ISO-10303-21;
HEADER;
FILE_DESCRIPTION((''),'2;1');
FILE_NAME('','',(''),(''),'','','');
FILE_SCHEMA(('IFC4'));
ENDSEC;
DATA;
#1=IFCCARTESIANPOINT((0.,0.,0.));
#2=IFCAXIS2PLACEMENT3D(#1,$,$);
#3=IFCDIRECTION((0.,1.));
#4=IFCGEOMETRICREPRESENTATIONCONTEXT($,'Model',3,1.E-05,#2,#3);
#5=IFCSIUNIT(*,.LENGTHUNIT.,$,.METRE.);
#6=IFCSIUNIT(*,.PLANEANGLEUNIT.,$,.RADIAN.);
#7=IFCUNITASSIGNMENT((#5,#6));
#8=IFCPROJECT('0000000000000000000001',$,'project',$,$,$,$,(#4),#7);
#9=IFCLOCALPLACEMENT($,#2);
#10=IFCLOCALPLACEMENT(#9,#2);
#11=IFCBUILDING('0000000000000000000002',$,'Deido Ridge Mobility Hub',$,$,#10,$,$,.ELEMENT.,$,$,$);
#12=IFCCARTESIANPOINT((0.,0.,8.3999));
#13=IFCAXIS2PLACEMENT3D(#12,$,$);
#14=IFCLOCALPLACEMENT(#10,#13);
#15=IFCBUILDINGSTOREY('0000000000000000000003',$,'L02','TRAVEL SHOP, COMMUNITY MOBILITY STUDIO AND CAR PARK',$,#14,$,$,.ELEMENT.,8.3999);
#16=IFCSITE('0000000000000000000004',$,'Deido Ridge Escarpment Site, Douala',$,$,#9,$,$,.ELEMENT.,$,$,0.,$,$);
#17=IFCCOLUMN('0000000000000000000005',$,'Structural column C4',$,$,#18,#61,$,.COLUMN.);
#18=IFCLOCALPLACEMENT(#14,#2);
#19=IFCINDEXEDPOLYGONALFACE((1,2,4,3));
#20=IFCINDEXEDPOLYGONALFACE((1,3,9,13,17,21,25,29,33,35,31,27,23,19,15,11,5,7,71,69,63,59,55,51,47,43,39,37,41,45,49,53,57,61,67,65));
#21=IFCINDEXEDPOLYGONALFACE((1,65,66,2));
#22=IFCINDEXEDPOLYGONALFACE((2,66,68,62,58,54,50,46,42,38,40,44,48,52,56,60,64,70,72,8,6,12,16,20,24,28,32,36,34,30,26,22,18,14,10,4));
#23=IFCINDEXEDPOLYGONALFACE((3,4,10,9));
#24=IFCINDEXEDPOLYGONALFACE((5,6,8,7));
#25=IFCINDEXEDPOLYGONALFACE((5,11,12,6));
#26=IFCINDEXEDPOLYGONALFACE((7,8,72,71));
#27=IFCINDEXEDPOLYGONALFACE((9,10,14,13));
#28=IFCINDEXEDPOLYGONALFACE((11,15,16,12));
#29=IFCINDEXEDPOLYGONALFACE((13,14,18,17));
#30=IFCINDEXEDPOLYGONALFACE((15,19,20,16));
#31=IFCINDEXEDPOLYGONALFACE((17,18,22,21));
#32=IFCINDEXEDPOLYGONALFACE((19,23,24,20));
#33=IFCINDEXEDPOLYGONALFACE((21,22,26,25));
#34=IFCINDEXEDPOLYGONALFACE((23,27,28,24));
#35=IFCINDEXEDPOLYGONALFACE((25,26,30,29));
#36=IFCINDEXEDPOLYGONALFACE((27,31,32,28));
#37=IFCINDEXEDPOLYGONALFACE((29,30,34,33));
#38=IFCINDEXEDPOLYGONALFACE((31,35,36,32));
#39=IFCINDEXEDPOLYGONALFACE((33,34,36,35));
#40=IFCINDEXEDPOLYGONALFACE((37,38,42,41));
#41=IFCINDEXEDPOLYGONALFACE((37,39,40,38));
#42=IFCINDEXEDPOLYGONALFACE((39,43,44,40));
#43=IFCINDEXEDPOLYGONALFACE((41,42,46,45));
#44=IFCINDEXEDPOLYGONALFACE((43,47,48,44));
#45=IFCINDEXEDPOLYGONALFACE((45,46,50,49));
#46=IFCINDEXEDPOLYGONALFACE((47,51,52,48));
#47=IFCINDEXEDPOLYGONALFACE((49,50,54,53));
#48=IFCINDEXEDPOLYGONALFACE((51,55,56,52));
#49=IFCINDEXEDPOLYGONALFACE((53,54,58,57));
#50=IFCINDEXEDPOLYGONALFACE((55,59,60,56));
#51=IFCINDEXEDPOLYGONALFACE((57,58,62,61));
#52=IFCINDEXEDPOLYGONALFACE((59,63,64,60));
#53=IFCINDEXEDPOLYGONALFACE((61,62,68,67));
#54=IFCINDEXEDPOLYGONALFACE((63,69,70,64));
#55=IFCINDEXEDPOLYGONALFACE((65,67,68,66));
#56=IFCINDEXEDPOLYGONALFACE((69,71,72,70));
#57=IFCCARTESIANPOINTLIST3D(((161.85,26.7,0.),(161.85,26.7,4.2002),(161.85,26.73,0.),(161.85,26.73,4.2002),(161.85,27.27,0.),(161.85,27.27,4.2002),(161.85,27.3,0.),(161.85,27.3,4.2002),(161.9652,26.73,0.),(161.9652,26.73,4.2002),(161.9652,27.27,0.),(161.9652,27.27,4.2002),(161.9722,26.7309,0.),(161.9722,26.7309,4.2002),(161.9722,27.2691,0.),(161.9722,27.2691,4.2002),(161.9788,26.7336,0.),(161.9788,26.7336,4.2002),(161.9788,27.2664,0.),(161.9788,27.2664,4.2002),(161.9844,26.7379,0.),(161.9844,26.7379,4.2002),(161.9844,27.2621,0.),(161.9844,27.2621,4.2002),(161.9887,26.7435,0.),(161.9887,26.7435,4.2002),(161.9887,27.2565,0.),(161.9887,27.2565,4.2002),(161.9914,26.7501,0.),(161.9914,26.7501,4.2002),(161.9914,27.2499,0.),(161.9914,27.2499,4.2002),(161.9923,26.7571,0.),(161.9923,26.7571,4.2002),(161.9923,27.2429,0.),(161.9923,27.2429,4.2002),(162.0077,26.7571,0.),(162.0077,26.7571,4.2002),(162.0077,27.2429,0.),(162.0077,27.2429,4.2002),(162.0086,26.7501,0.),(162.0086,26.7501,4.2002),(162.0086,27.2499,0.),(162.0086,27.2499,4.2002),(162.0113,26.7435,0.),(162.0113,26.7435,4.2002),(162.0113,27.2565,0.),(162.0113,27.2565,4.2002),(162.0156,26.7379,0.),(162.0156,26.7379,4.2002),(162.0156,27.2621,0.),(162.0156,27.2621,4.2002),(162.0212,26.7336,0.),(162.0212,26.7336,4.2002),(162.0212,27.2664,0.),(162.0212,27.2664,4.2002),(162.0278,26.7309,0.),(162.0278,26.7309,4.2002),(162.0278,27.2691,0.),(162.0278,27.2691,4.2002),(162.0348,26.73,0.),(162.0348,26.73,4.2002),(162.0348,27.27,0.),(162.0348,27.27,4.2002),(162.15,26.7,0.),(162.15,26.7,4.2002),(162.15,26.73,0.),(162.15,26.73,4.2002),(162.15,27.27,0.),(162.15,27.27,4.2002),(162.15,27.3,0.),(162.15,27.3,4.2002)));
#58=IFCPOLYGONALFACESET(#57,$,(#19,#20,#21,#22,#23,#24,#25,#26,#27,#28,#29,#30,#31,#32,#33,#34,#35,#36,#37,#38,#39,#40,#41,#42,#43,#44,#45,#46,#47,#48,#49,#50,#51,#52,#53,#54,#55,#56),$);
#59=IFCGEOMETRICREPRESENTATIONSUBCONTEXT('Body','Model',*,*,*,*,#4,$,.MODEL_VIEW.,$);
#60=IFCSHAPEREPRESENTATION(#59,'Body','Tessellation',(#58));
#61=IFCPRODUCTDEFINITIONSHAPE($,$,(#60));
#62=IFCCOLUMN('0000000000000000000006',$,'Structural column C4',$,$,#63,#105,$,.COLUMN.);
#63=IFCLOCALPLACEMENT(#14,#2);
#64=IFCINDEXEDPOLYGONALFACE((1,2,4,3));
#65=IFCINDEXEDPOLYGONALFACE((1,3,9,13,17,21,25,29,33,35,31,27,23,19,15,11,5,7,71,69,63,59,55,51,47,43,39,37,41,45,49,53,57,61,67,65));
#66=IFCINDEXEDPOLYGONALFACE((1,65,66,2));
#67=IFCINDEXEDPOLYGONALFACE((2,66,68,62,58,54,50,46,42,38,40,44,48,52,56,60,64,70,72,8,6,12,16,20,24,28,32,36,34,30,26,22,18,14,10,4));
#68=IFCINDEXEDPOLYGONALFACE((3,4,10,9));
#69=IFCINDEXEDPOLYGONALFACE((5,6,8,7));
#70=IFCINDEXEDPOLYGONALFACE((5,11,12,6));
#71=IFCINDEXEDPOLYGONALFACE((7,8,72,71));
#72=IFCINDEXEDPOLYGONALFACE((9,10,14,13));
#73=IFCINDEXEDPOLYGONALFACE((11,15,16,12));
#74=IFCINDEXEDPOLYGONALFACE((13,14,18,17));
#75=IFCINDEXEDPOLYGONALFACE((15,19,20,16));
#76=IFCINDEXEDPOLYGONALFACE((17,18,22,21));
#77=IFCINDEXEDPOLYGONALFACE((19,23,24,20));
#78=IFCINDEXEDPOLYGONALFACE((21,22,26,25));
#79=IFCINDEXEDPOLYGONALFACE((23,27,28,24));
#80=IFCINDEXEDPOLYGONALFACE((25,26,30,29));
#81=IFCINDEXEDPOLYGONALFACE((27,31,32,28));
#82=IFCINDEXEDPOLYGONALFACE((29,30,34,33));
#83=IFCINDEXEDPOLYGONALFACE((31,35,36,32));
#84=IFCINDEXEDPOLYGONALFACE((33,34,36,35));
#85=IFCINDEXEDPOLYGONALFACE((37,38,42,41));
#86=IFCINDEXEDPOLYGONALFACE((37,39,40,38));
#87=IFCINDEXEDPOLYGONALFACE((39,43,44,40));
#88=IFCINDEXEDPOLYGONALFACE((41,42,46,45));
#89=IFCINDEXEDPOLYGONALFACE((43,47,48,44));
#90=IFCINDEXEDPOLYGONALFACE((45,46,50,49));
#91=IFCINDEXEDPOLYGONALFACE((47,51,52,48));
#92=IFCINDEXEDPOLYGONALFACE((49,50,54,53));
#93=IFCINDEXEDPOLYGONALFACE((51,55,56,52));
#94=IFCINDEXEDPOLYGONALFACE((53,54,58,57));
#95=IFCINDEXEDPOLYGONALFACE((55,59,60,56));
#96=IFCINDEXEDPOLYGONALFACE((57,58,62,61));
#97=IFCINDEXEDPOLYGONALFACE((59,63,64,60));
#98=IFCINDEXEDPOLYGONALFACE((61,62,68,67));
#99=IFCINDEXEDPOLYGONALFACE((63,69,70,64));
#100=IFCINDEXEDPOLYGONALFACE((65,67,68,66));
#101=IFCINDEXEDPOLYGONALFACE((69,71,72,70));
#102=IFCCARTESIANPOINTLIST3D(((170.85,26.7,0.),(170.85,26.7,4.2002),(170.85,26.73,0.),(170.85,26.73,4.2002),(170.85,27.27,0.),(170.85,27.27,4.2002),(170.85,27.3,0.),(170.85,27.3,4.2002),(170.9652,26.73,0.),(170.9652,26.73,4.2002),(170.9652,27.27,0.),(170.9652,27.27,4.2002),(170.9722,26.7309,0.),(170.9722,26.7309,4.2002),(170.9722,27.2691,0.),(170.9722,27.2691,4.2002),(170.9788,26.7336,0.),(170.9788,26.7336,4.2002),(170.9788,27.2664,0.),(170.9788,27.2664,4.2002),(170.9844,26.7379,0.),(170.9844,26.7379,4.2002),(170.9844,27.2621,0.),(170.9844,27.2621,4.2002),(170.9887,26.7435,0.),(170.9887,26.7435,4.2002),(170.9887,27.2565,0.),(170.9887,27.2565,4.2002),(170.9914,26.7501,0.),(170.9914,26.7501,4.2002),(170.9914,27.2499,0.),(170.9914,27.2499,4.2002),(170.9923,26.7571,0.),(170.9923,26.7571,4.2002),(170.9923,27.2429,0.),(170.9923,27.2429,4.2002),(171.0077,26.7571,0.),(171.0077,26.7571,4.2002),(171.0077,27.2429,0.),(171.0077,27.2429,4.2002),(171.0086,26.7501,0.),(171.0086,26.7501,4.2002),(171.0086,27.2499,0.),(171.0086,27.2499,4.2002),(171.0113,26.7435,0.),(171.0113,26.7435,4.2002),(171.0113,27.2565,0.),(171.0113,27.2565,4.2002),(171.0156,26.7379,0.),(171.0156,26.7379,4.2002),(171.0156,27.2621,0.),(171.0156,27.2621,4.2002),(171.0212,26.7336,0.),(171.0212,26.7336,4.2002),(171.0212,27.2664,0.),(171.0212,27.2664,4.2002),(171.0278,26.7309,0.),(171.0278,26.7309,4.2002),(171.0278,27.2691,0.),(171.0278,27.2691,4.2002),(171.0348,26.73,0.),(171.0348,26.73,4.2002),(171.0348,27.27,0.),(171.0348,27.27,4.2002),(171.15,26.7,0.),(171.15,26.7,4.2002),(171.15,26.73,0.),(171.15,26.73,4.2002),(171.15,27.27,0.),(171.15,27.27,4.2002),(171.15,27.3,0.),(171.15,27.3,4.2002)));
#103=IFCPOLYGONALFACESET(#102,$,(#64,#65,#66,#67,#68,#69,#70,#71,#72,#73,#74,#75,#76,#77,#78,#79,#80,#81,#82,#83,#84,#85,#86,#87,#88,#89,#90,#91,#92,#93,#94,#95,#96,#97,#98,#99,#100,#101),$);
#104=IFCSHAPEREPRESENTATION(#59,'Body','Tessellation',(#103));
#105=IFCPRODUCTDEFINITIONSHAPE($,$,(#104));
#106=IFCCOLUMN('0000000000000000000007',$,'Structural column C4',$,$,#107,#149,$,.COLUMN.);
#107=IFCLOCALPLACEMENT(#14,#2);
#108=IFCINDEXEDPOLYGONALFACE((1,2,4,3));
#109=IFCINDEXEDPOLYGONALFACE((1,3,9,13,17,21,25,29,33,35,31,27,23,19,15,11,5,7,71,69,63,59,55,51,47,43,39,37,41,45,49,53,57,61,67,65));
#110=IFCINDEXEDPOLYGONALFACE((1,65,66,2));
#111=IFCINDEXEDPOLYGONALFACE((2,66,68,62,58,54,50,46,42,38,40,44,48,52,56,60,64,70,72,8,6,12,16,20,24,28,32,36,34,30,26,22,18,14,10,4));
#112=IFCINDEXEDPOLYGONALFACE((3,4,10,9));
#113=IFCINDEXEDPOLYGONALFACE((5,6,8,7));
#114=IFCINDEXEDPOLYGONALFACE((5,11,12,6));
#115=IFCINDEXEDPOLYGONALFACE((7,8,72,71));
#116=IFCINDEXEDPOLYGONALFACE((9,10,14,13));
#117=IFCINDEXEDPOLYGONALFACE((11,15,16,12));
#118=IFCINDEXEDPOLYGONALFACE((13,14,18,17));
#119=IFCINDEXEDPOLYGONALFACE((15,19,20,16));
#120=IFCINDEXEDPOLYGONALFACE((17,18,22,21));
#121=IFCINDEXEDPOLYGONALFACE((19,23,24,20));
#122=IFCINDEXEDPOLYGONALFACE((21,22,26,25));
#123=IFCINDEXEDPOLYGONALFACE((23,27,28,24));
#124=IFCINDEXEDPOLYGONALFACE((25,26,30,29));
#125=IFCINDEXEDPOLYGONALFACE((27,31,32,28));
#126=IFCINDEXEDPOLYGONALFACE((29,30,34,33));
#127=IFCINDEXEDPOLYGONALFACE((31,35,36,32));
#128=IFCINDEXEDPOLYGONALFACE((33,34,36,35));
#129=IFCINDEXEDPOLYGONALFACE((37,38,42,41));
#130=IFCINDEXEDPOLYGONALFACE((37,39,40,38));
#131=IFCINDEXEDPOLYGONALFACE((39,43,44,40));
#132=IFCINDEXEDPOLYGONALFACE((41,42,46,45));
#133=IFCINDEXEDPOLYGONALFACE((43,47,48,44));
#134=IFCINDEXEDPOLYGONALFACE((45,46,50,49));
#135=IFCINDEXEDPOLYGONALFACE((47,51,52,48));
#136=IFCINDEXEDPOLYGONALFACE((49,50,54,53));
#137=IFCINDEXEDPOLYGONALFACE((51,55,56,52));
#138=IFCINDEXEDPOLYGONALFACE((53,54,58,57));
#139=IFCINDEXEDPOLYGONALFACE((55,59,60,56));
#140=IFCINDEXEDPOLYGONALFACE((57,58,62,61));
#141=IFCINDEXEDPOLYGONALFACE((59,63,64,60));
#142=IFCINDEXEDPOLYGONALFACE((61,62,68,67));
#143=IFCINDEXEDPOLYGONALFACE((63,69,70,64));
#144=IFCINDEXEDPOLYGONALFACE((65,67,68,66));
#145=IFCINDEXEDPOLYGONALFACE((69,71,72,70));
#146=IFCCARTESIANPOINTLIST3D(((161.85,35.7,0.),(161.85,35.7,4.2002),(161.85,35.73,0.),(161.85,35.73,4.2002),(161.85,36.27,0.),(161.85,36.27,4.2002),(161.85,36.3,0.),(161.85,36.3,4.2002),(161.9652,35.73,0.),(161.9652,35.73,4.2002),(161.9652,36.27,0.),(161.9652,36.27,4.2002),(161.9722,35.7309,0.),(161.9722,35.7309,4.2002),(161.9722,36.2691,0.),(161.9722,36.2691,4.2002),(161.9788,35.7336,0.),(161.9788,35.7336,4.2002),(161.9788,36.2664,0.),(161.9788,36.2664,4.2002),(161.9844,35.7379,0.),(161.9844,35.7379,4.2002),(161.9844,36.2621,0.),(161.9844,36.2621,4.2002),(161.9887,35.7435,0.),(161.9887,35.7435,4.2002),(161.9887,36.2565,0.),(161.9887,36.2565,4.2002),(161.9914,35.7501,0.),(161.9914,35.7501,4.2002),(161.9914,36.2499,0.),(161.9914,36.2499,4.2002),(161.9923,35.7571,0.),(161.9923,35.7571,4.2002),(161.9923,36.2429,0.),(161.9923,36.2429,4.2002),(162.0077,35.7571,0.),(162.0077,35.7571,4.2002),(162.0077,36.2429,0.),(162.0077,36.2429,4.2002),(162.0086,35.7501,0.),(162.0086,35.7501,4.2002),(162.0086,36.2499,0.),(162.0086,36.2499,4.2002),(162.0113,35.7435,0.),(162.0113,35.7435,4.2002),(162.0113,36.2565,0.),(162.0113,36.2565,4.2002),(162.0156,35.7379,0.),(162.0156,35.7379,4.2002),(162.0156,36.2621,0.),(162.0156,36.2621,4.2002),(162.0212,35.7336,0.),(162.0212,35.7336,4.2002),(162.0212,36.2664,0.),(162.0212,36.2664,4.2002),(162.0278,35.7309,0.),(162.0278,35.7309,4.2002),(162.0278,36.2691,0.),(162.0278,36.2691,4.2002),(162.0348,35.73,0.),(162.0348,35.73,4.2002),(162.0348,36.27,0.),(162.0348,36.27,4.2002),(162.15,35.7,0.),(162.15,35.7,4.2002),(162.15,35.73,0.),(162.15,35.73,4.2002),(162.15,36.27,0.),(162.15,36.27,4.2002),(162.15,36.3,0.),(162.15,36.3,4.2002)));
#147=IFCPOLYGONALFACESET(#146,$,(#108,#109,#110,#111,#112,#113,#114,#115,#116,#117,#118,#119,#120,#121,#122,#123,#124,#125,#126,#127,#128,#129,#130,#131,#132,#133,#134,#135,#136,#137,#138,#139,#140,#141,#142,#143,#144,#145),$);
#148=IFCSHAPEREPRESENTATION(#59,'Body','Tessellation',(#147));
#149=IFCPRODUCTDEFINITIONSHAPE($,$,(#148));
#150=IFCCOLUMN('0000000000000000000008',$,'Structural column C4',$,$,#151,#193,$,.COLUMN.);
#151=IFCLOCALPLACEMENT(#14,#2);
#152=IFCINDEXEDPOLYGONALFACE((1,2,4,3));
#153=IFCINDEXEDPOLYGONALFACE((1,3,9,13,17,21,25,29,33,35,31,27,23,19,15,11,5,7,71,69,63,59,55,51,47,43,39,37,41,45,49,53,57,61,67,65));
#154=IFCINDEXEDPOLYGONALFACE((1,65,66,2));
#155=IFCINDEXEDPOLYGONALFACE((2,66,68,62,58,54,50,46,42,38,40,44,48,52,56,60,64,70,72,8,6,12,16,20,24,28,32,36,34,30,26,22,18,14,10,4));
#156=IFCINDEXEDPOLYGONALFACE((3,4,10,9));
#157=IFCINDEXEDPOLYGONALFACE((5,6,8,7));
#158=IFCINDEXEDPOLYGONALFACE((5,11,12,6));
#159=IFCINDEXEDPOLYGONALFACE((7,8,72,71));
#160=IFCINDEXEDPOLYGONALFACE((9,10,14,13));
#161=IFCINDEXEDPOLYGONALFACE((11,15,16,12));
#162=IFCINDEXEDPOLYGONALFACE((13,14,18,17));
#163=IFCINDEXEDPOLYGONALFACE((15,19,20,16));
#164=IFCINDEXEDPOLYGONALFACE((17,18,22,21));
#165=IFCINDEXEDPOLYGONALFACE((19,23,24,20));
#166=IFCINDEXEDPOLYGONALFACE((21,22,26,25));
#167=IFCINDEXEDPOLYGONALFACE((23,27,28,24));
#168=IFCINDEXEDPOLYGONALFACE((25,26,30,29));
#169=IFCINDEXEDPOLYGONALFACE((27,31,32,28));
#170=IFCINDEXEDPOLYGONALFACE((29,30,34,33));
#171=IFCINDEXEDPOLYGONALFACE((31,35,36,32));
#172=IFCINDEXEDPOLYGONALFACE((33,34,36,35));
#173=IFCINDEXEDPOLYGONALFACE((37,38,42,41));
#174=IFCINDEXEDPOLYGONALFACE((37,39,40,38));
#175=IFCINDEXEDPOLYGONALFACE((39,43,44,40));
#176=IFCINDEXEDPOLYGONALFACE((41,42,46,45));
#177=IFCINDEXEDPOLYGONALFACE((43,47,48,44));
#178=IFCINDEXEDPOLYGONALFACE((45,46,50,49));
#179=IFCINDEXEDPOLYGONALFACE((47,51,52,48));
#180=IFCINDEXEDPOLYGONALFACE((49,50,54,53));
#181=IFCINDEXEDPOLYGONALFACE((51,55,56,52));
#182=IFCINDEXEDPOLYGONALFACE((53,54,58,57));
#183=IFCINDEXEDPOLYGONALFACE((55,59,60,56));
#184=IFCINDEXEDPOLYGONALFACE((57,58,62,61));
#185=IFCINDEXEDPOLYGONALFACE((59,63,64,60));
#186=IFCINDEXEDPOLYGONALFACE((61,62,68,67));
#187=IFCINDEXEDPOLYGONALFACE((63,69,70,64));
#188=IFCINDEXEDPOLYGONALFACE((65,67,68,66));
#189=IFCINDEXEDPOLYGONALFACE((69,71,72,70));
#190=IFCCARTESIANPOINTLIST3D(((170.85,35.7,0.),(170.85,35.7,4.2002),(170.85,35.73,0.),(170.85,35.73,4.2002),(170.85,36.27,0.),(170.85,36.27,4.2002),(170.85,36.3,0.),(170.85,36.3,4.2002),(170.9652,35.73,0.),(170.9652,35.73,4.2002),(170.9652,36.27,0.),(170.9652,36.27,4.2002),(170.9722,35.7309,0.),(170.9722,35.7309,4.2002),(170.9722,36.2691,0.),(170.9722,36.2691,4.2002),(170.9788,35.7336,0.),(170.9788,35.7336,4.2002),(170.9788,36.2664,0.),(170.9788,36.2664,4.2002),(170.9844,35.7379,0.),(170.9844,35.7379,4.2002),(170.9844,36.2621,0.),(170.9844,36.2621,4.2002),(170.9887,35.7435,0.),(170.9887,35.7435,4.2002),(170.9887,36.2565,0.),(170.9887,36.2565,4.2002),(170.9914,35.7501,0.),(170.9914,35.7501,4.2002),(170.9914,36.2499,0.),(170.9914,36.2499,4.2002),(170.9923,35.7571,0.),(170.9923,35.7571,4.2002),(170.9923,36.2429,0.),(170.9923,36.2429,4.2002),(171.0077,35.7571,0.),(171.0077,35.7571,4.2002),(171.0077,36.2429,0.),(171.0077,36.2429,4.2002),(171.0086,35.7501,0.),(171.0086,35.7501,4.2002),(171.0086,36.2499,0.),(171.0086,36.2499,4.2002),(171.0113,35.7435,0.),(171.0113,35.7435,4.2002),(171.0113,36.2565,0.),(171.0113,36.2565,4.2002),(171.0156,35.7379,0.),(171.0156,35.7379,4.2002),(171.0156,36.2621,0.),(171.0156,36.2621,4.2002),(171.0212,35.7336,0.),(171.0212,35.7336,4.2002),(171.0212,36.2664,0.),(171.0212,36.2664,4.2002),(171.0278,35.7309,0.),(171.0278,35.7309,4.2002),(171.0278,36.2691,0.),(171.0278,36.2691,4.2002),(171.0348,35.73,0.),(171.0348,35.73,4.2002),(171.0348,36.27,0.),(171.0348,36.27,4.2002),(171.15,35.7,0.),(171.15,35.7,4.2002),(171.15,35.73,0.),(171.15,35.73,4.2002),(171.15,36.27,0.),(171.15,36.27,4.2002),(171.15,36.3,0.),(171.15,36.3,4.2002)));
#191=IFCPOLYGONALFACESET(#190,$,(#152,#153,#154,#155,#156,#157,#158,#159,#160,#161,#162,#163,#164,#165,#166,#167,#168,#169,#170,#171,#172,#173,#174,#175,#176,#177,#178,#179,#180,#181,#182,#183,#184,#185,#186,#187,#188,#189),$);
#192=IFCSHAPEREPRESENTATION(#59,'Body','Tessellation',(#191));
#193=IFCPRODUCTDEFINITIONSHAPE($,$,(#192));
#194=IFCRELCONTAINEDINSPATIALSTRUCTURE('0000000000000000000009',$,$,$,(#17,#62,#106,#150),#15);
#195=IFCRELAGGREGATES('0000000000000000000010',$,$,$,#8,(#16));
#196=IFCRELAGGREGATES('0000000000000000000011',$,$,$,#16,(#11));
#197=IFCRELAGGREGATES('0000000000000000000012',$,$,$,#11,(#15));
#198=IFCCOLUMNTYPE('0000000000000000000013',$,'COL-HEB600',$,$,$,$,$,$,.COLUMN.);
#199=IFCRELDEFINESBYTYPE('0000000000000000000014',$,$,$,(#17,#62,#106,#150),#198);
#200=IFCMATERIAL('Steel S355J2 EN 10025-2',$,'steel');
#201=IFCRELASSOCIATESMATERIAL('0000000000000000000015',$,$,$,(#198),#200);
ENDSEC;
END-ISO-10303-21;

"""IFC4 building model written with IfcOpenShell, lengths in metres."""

from ifc_helpers import new_model, si_unit, direction, frame, origin, origin_2d, place, context, subcontext, project, spatial, i_section, extrude, material, material_profile, profile_set, type_object, element, save


model = new_model("IFC4")

# Units and contexts
model_context = context("Model", 3, precision=1e-05, world=origin(), true_north=direction((0.0, 1.0)))
body_context = subcontext(model_context, "Body", "Model", "MODEL_VIEW")
ifc_project = project(units=[si_unit("LENGTHUNIT", "METRE"), si_unit("PLANEANGLEUNIT", "RADIAN")], contexts=[model_context])

# Site, building, storey
site_placement = place(None, origin())
site = spatial("IfcSite", under=ifc_project, at=site_placement, Name="Deido Ridge Escarpment Site, Douala", CompositionType="ELEMENT", RefElevation=0.0)
building_placement = place(site_placement, origin())
building = spatial("IfcBuilding", under=site, at=building_placement, Name="Deido Ridge Mobility Hub", CompositionType="ELEMENT")
storey_placement = place(building_placement, frame((0.0, 0.0, 8.3999)))
storey = spatial("IfcBuildingStorey", under=building, at=storey_placement, Name="L02", Description="TRAVEL SHOP, COMMUNITY MOBILITY STUDIO AND CAR PARK", CompositionType="ELEMENT", Elevation=8.3999)

# Columns
ifc_material_1 = material(Name="Steel S355J2 EN 10025-2", Category="steel")
ifc_material_profile_1 = material_profile(ifc_material_1, i_section(OverallWidth=0.3, OverallDepth=0.6001, WebThickness=0.0154, FlangeThickness=0.03, FilletRadius=0.0271, at=origin_2d()), Name="HEB 600")
ifc_profile_set_1 = profile_set([ifc_material_profile_1], Name="Steel S355J2 EN 10025-2")
column_type = type_object("IfcColumnType", Name="COL-HEB600", PredefinedType="COLUMN", material=ifc_profile_set_1)
for number, where, z_axis, x_axis, name in (
    (1, (162.0, 27.0, 0.0), (0.0, 0.0, 1.0), (1.0, 0.0, 0.0), "Structural column C4"),
    (2, (171.0, 27.0, 0.0), (0.0, 0.0, 1.0), (1.0, 0.0, 0.0), "Structural column C4"),
    (3, (162.0, 36.0, 0.0), (0.0, 0.0, 1.0), (1.0, 0.0, 0.0), "Structural column C4"),
    (4, (171.0, 36.0, 0.0), (0.0, 0.0, 1.0), (1.0, 0.0, 0.0), "Structural column C4"),
):
    element("IfcColumn", number, at=place(storey_placement, frame(where, z_axis=z_axis, x_axis=x_axis)), inside=storey, type_object=column_type, Name=name, PredefinedType="COLUMN", context=body_context, shape_type="SweptSolid", body=[
        extrude(i_section(OverallWidth=0.3, OverallDepth=0.6001, WebThickness=0.0154, FlangeThickness=0.03, FilletRadius=0.0271, at=origin_2d()), origin(), (0.0, 0.0, 1.0), 4.2002),
    ])

save(model, "model.ifc")
